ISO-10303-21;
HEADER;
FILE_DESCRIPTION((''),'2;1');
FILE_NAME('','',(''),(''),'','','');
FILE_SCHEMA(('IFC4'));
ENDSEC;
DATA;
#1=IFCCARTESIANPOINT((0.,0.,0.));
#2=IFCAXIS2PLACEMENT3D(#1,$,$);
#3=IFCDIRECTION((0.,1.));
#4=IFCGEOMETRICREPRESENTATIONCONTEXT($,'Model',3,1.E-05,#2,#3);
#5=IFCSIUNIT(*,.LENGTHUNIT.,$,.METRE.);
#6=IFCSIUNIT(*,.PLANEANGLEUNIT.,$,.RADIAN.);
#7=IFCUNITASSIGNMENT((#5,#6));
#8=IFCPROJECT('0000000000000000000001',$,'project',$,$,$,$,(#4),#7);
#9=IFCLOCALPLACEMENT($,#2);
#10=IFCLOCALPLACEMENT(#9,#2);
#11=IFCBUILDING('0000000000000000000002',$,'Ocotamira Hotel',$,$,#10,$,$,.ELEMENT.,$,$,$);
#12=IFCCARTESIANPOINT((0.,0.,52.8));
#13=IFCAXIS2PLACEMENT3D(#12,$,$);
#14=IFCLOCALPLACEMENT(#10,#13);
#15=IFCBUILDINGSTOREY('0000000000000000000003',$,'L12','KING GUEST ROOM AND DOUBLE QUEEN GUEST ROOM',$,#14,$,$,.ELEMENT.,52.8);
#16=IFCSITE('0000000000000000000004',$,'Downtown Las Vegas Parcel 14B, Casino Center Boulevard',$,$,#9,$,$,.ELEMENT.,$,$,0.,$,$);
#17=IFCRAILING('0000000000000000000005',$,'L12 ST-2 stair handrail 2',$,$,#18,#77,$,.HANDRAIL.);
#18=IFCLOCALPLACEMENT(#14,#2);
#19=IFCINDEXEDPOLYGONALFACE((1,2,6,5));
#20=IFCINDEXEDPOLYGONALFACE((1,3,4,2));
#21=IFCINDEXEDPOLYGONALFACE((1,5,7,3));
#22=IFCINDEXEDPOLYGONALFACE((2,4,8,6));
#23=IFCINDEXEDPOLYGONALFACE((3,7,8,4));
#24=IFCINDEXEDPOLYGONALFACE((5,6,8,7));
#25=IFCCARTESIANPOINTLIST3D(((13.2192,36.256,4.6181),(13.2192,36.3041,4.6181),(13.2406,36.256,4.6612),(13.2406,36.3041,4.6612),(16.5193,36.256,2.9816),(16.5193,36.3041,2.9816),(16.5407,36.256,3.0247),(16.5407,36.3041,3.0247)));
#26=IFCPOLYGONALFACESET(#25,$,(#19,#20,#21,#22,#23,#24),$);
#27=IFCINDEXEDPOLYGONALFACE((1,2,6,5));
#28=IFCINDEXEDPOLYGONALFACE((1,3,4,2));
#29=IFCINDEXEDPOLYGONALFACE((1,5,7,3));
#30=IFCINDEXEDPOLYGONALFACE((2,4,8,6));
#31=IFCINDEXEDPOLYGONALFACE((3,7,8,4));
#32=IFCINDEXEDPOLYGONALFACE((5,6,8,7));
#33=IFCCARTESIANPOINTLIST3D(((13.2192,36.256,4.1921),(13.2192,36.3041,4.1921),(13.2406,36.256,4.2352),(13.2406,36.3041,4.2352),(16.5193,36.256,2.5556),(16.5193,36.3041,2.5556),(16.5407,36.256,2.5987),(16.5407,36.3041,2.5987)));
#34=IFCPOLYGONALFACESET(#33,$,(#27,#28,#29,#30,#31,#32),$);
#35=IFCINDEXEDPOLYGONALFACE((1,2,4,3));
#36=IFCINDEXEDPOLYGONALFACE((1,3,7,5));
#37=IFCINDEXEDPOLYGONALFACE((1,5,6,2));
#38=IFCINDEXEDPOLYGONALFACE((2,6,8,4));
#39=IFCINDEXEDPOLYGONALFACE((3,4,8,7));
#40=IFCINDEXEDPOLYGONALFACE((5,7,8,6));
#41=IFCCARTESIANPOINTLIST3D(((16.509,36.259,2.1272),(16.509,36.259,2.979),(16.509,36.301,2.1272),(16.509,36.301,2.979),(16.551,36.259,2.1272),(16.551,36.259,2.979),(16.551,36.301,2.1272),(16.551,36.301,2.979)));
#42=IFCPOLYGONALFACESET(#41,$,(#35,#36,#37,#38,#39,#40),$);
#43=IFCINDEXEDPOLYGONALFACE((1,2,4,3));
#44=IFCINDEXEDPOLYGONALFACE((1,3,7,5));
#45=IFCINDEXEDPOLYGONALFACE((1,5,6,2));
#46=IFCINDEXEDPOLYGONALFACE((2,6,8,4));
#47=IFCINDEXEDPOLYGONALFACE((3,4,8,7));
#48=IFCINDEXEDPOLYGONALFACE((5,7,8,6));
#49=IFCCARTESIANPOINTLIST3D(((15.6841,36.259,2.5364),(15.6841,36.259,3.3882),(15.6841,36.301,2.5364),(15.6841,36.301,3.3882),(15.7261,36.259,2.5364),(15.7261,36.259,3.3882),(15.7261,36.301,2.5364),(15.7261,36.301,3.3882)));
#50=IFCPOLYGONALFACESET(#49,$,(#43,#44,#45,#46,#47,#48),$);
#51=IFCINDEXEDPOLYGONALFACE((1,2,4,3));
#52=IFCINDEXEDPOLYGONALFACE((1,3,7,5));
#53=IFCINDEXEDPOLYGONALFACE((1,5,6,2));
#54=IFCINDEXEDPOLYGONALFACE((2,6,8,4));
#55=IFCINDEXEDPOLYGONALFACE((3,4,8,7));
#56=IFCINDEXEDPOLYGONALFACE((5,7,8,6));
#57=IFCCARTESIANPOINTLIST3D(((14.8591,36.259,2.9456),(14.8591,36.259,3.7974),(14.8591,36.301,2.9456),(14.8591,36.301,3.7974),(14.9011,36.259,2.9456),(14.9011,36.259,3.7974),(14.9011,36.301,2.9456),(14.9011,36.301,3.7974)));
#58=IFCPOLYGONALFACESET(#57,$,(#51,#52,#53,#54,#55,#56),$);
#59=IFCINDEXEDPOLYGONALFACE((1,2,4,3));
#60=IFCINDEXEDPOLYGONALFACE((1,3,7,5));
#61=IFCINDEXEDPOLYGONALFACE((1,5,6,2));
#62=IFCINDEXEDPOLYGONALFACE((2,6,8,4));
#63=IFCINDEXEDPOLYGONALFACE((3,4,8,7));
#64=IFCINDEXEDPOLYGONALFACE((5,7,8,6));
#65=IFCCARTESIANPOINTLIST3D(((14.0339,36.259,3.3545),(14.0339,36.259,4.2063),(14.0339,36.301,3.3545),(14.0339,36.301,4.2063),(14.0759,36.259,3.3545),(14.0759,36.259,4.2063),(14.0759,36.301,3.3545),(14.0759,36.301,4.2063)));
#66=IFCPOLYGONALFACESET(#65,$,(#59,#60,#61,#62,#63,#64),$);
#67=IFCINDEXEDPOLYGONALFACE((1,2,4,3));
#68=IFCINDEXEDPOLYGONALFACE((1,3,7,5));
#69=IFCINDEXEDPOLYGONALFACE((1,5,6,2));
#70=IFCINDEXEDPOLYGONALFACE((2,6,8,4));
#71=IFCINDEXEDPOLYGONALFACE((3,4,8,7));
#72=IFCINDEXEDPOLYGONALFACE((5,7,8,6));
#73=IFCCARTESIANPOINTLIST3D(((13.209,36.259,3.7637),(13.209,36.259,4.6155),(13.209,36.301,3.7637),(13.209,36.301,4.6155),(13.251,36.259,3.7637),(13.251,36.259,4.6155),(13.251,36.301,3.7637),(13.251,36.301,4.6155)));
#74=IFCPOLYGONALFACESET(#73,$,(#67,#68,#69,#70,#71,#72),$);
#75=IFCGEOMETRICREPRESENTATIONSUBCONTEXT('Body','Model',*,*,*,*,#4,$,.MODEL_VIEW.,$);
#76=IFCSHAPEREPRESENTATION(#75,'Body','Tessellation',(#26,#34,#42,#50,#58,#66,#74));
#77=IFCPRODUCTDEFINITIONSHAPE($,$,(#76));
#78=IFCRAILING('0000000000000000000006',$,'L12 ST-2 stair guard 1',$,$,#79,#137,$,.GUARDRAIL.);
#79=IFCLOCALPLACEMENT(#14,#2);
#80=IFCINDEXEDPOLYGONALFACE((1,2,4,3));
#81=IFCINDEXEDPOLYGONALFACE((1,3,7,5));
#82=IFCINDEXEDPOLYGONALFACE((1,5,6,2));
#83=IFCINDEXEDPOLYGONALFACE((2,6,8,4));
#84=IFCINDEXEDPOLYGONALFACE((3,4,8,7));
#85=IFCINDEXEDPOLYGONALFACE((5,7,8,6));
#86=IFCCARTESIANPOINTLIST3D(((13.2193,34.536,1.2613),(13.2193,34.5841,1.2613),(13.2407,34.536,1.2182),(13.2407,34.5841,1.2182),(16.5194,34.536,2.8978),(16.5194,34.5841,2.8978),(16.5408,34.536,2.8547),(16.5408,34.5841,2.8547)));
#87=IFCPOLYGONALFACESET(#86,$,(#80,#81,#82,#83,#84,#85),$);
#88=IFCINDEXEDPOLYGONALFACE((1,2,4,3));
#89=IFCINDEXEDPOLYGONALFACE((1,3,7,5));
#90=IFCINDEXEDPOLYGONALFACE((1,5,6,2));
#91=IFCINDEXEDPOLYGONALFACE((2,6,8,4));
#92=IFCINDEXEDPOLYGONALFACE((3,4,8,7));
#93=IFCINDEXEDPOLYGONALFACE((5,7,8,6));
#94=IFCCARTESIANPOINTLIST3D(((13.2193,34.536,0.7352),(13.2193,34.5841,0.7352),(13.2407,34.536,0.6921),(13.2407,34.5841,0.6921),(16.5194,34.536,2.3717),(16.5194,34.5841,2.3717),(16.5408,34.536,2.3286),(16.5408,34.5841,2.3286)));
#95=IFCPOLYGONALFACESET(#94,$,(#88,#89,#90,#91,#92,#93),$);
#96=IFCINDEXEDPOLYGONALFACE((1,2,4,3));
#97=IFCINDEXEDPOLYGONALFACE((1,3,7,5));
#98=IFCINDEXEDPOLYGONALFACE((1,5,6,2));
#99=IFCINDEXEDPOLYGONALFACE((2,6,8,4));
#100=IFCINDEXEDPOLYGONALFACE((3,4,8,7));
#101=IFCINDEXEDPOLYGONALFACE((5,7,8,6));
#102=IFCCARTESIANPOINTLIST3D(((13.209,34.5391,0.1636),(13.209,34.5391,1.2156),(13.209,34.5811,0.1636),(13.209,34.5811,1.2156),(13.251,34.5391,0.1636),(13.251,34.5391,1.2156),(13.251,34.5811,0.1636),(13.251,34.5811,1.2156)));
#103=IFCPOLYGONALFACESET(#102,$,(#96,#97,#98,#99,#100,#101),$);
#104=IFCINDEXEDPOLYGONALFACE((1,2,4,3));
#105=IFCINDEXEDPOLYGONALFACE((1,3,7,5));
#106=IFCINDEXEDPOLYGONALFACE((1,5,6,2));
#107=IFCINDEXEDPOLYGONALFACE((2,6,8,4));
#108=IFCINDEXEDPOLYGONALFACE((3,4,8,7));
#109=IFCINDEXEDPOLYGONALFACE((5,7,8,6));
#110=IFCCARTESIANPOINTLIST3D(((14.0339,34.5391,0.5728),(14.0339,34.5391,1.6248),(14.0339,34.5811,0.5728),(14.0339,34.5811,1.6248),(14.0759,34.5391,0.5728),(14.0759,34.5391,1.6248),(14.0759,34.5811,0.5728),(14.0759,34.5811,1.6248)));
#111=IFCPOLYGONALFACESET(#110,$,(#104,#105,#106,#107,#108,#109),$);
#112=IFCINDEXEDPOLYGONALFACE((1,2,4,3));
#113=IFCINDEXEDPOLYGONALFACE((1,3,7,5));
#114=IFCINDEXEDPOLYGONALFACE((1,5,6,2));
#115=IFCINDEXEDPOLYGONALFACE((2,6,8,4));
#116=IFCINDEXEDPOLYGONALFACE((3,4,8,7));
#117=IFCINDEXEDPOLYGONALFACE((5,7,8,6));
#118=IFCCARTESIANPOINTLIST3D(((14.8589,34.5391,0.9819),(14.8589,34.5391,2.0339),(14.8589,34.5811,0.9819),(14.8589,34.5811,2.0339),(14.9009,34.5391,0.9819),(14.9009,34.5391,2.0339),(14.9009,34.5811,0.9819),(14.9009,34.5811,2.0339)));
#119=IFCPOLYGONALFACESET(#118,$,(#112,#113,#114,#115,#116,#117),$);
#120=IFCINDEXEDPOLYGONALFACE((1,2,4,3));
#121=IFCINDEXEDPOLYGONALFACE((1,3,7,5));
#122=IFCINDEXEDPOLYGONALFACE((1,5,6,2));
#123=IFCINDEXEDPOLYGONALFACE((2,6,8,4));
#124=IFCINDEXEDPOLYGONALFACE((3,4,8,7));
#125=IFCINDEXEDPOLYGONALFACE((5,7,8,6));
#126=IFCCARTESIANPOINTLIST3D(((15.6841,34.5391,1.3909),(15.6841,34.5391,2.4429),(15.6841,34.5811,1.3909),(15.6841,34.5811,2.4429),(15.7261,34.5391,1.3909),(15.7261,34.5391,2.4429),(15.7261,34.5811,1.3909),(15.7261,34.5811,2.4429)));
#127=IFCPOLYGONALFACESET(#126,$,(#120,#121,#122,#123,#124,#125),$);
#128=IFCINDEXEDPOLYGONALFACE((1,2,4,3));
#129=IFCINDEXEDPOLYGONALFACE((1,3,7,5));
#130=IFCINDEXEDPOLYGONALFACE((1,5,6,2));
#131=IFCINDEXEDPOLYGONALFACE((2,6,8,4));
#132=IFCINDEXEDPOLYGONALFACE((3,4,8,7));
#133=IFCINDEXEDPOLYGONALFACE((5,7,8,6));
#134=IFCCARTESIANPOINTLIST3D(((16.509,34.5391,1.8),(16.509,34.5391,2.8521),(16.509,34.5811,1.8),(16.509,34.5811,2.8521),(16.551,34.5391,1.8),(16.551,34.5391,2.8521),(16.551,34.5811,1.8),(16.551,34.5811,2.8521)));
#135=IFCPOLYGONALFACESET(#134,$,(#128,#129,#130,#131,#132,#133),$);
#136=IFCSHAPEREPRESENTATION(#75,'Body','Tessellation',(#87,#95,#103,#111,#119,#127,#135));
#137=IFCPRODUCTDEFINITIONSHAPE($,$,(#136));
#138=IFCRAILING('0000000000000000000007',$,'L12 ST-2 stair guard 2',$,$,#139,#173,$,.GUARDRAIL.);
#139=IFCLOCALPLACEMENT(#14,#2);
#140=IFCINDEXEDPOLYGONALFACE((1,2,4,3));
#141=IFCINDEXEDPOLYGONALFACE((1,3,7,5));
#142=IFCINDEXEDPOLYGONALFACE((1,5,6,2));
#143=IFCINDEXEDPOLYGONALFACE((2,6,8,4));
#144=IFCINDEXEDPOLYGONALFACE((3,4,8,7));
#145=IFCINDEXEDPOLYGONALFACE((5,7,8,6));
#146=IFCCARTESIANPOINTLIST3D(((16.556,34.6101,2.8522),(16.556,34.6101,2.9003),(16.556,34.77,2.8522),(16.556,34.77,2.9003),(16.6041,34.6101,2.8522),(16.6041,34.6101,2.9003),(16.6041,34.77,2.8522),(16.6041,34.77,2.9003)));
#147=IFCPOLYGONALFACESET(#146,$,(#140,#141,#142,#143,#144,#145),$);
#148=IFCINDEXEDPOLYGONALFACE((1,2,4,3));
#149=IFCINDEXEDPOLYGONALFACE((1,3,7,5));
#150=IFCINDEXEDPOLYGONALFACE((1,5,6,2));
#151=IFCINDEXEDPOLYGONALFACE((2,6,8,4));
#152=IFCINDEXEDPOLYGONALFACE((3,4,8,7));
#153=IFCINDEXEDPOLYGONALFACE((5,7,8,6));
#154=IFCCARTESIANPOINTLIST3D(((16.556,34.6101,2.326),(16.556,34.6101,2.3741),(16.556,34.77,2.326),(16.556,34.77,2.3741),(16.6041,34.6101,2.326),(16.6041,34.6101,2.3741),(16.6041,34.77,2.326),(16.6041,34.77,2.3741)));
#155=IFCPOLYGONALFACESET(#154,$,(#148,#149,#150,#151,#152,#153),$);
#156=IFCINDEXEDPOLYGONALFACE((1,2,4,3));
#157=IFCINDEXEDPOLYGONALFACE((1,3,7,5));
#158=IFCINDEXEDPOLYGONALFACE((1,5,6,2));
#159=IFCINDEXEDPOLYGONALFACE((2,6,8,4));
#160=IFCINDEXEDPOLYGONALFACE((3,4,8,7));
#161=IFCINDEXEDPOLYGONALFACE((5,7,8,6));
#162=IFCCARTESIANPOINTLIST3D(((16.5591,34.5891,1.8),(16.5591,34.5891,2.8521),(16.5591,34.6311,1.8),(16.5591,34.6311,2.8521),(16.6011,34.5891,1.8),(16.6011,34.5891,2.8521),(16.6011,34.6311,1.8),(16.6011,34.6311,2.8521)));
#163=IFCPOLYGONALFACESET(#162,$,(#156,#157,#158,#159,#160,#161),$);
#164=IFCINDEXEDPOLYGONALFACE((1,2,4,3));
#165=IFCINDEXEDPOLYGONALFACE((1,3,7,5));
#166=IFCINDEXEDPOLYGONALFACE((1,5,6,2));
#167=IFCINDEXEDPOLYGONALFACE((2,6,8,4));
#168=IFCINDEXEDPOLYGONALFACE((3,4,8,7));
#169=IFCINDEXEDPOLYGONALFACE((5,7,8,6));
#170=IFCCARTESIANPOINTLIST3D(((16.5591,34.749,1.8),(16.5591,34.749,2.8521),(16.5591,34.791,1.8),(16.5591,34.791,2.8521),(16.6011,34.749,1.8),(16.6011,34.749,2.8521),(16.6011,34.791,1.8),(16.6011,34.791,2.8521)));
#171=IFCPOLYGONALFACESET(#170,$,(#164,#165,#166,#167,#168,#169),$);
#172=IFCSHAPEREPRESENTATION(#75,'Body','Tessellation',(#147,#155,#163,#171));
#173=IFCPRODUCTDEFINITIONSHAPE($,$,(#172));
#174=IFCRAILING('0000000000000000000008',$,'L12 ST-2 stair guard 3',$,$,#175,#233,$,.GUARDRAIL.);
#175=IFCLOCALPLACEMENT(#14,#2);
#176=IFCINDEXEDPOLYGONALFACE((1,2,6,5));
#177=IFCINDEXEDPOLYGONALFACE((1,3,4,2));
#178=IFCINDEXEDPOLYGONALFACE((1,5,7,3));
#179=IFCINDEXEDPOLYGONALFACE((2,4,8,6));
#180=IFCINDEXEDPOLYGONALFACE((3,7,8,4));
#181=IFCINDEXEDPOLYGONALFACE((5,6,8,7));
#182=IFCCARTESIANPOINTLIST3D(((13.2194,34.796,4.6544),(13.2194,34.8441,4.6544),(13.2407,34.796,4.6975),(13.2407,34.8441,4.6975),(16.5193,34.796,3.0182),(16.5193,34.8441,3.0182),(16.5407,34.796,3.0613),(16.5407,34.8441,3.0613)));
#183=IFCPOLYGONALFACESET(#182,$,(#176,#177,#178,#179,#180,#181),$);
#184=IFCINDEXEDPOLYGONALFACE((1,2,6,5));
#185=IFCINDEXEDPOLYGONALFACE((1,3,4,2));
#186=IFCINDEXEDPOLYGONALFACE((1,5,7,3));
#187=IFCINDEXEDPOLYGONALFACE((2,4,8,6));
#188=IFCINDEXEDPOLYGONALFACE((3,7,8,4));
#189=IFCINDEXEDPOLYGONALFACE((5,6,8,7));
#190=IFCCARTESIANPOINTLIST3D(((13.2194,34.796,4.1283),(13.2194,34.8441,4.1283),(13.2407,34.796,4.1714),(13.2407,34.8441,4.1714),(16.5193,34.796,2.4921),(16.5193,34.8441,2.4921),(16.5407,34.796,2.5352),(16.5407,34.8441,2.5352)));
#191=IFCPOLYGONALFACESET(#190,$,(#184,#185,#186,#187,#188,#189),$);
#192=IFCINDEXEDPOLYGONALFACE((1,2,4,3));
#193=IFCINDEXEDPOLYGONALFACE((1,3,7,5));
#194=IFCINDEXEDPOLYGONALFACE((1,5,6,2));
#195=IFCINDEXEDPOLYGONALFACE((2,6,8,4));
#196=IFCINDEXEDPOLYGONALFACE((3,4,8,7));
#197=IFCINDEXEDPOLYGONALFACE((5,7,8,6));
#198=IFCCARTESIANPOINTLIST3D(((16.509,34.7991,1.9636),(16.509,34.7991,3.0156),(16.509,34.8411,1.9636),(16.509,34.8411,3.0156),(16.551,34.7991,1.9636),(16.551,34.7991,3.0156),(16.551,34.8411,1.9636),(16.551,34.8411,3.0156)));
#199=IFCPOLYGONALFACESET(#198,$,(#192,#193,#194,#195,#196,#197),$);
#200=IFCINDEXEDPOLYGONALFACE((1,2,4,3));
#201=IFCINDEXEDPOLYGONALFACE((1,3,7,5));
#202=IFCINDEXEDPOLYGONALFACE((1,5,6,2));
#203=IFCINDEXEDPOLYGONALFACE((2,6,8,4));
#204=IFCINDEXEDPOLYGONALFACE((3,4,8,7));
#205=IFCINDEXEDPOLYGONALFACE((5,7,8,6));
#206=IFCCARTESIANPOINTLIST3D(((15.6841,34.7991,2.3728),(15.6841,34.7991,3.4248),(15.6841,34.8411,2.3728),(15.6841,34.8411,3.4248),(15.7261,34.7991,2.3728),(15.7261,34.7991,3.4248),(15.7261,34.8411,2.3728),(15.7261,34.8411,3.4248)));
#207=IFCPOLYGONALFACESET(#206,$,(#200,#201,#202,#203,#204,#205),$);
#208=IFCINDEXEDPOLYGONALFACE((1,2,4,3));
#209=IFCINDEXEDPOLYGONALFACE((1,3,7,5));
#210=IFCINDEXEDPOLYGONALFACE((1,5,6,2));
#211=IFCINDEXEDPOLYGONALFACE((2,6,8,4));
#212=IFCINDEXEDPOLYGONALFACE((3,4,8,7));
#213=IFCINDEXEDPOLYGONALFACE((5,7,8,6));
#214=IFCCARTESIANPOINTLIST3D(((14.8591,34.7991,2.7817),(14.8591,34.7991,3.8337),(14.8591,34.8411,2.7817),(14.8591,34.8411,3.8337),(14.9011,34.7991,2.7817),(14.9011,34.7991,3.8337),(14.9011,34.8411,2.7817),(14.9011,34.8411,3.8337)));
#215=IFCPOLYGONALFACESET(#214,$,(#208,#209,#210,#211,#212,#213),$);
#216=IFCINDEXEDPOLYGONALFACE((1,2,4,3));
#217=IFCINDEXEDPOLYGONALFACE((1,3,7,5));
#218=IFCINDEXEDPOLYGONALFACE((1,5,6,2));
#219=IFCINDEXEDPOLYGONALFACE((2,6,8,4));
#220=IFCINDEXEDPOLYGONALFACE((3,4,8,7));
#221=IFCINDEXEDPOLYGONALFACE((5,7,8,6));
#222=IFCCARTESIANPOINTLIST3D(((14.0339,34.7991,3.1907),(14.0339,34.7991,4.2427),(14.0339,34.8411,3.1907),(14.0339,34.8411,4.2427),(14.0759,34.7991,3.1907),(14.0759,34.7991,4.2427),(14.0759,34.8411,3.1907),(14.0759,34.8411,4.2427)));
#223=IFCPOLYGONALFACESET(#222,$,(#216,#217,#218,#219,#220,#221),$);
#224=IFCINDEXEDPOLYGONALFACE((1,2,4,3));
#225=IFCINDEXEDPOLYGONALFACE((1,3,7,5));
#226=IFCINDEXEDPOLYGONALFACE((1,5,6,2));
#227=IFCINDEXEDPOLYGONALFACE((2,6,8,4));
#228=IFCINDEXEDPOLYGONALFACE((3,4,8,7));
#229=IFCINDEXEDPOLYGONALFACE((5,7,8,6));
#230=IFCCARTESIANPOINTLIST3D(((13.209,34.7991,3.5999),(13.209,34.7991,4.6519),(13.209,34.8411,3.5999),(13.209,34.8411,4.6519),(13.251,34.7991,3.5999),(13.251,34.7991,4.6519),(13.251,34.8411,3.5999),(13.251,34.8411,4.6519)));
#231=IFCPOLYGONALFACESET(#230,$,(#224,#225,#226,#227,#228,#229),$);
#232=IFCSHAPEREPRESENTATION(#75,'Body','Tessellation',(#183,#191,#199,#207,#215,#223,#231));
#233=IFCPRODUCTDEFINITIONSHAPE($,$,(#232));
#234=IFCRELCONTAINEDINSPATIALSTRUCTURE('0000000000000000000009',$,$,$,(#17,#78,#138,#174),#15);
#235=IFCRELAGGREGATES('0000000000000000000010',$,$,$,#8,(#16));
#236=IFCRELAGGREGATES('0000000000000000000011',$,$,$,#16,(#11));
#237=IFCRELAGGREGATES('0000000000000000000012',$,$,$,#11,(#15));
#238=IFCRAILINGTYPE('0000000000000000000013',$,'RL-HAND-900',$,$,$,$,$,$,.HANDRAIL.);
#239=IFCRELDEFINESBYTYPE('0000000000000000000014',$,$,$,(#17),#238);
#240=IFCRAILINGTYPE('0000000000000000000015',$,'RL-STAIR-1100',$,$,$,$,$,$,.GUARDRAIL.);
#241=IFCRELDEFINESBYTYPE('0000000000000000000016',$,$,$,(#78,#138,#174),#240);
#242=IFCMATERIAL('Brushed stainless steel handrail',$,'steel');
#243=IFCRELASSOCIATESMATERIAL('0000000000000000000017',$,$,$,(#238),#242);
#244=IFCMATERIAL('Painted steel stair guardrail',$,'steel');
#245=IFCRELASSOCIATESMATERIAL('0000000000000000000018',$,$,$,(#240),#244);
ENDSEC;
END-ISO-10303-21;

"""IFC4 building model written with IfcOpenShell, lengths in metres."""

from ifc_helpers import new_model, si_unit, direction, frame, origin, origin_2d, place, context, subcontext, project, spatial, rectangle, extrude, material, type_object, element, save


model = new_model("IFC4")

# Units and contexts
model_context = context("Model", 3, precision=1e-05, world=origin(), true_north=direction((0.0, 1.0)))
body_context = subcontext(model_context, "Body", "Model", "MODEL_VIEW")
ifc_project = project(units=[si_unit("LENGTHUNIT", "METRE"), si_unit("PLANEANGLEUNIT", "RADIAN")], contexts=[model_context])

# Site, building, storey
site_placement = place(None, origin())
site = spatial("IfcSite", under=ifc_project, at=site_placement, Name="Downtown Las Vegas Parcel 14B, Casino Center Boulevard", CompositionType="ELEMENT", RefElevation=0.0)
building_placement = place(site_placement, origin())
building = spatial("IfcBuilding", under=site, at=building_placement, Name="Ocotamira Hotel", CompositionType="ELEMENT")
storey_placement = place(building_placement, frame((0.0, 0.0, 52.8)))
storey = spatial("IfcBuildingStorey", under=building, at=storey_placement, Name="L12", Description="KING GUEST ROOM AND DOUBLE QUEEN GUEST ROOM", CompositionType="ELEMENT", Elevation=52.8)

# Railings
ifc_material_1 = material(Name="Brushed stainless steel handrail", Category="steel")
railing_type_1 = type_object("IfcRailingType", Name="RL-HAND-900", PredefinedType="HANDRAIL", material=ifc_material_1)
railing_1_placement = place(storey_placement, frame((16.53, 36.28, 2.1272)))
element("IfcRailing", 1, at=railing_1_placement, inside=storey, type_object=railing_type_1, Name="L12 ST-2 stair handrail 2", PredefinedType="HANDRAIL", context=body_context, shape_type="SweptSolid", body=[
    extrude(rectangle(XDim=0.0481, YDim=0.0481, at=origin_2d()), frame((0.0, 0.0, 0.876), z_axis=(-0.895894, 0.0, 0.444268), x_axis=(0.0, -1.0, 0.0)), (0.0, 0.0, 1.0), 3.6836),
    extrude(rectangle(XDim=0.0481, YDim=0.0481, at=origin_2d()), frame((0.0, 0.0, 0.45), z_axis=(-0.895894, 0.0, 0.444268), x_axis=(0.0, -1.0, 0.0)), (0.0, 0.0, 1.0), 3.6836),
    extrude(rectangle(XDim=0.042, YDim=0.042, at=origin_2d()), origin(), (0.0, 0.0, 1.0), 0.8518),
    extrude(rectangle(XDim=0.042, YDim=0.042, at=origin_2d()), frame((-0.825, 0.0, 0.4092)), (0.0, 0.0, 1.0), 0.8518),
    extrude(rectangle(XDim=0.042, YDim=0.042, at=origin_2d()), frame((-1.6499, 0.0, 0.8184)), (0.0, 0.0, 1.0), 0.8518),
    extrude(rectangle(XDim=0.042, YDim=0.042, at=origin_2d()), frame((-2.4751, 0.0, 1.2273)), (0.0, 0.0, 1.0), 0.8518),
    extrude(rectangle(XDim=0.042, YDim=0.042, at=origin_2d()), frame((-3.3, 0.0, 1.6365)), (0.0, 0.0, 1.0), 0.8518),
])
ifc_material_2 = material(Name="Painted steel stair guardrail", Category="steel")
railing_type_2 = type_object("IfcRailingType", Name="RL-STAIR-1100", PredefinedType="GUARDRAIL", material=ifc_material_2)
railing_2_placement = place(storey_placement, frame((13.23, 34.5601, 0.1636)))
element("IfcRailing", 2, at=railing_2_placement, inside=storey, type_object=railing_type_2, Name="L12 ST-2 stair guard 1", PredefinedType="GUARDRAIL", context=body_context, shape_type="SweptSolid", body=[
    extrude(rectangle(XDim=0.0481, YDim=0.0481, at=origin_2d()), frame((0.0, 0.0, 1.0762), z_axis=(0.895894, 0.0, 0.444268), x_axis=(0.0, 1.0, 0.0)), (0.0, 0.0, 1.0), 3.6836),
    extrude(rectangle(XDim=0.0481, YDim=0.0481, at=origin_2d()), frame((0.0, 0.0, 0.55), z_axis=(0.895894, 0.0, 0.444268), x_axis=(0.0, 1.0, 0.0)), (0.0, 0.0, 1.0), 3.6836),
    extrude(rectangle(XDim=0.042, YDim=0.042, at=origin_2d()), origin(), (0.0, 0.0, 1.0), 1.052),
    extrude(rectangle(XDim=0.042, YDim=0.042, at=origin_2d()), frame((0.825, 0.0, 0.4092)), (0.0, 0.0, 1.0), 1.052),
    extrude(rectangle(XDim=0.042, YDim=0.042, at=origin_2d()), frame((1.6499, 0.0, 0.8184)), (0.0, 0.0, 1.0), 1.052),
    extrude(rectangle(XDim=0.042, YDim=0.042, at=origin_2d()), frame((2.4751, 0.0, 1.2273)), (0.0, 0.0, 1.0), 1.052),
    extrude(rectangle(XDim=0.042, YDim=0.042, at=origin_2d()), frame((3.3, 0.0, 1.6365)), (0.0, 0.0, 1.0), 1.052),
])
railing_3_placement = place(storey_placement, frame((16.5801, 34.6101, 1.8)))
element("IfcRailing", 3, at=railing_3_placement, inside=storey, type_object=railing_type_2, Name="L12 ST-2 stair guard 2", PredefinedType="GUARDRAIL", context=body_context, shape_type="SweptSolid", body=[
    extrude(rectangle(XDim=0.0481, YDim=0.0481, at=origin_2d()), frame((0.0, 0.0, 1.0762), z_axis=(0.0, 1.0, 0.0), x_axis=(-1.0, 0.0, 0.0)), (0.0, 0.0, 1.0), 0.1599),
    extrude(rectangle(XDim=0.0481, YDim=0.0481, at=origin_2d()), frame((0.0, 0.0, 0.55), z_axis=(0.0, 1.0, 0.0), x_axis=(-1.0, 0.0, 0.0)), (0.0, 0.0, 1.0), 0.1599),
    extrude(rectangle(XDim=0.042, YDim=0.042, at=origin_2d()), origin(), (0.0, 0.0, 1.0), 1.052),
    extrude(rectangle(XDim=0.042, YDim=0.042, at=origin_2d()), frame((0.0, 0.1599, 0.0)), (0.0, 0.0, 1.0), 1.052),
])
railing_4_placement = place(storey_placement, frame((16.53, 34.8201, 1.9636)))
element("IfcRailing", 4, at=railing_4_placement, inside=storey, type_object=railing_type_2, Name="L12 ST-2 stair guard 3", PredefinedType="GUARDRAIL", context=body_context, shape_type="SweptSolid", body=[
    extrude(rectangle(XDim=0.0481, YDim=0.0481, at=origin_2d()), frame((0.0, 0.0, 1.0762), z_axis=(-0.89592, 0.0, 0.444215), x_axis=(0.0, -1.0, 0.0)), (0.0, 0.0, 1.0), 3.6833),
    extrude(rectangle(XDim=0.0481, YDim=0.0481, at=origin_2d()), frame((0.0, 0.0, 0.55), z_axis=(-0.89592, 0.0, 0.444215), x_axis=(0.0, -1.0, 0.0)), (0.0, 0.0, 1.0), 3.6833),
    extrude(rectangle(XDim=0.042, YDim=0.042, at=origin_2d()), origin(), (0.0, 0.0, 1.0), 1.052),
    extrude(rectangle(XDim=0.042, YDim=0.042, at=origin_2d()), frame((-0.825, 0.0, 0.4092)), (0.0, 0.0, 1.0), 1.052),
    extrude(rectangle(XDim=0.042, YDim=0.042, at=origin_2d()), frame((-1.6499, 0.0, 0.8181)), (0.0, 0.0, 1.0), 1.052),
    extrude(rectangle(XDim=0.042, YDim=0.042, at=origin_2d()), frame((-2.4751, 0.0, 1.2271)), (0.0, 0.0, 1.0), 1.052),
    extrude(rectangle(XDim=0.042, YDim=0.042, at=origin_2d()), frame((-3.3, 0.0, 1.6362)), (0.0, 0.0, 1.0), 1.052),
])

save(model, "model.ifc")
